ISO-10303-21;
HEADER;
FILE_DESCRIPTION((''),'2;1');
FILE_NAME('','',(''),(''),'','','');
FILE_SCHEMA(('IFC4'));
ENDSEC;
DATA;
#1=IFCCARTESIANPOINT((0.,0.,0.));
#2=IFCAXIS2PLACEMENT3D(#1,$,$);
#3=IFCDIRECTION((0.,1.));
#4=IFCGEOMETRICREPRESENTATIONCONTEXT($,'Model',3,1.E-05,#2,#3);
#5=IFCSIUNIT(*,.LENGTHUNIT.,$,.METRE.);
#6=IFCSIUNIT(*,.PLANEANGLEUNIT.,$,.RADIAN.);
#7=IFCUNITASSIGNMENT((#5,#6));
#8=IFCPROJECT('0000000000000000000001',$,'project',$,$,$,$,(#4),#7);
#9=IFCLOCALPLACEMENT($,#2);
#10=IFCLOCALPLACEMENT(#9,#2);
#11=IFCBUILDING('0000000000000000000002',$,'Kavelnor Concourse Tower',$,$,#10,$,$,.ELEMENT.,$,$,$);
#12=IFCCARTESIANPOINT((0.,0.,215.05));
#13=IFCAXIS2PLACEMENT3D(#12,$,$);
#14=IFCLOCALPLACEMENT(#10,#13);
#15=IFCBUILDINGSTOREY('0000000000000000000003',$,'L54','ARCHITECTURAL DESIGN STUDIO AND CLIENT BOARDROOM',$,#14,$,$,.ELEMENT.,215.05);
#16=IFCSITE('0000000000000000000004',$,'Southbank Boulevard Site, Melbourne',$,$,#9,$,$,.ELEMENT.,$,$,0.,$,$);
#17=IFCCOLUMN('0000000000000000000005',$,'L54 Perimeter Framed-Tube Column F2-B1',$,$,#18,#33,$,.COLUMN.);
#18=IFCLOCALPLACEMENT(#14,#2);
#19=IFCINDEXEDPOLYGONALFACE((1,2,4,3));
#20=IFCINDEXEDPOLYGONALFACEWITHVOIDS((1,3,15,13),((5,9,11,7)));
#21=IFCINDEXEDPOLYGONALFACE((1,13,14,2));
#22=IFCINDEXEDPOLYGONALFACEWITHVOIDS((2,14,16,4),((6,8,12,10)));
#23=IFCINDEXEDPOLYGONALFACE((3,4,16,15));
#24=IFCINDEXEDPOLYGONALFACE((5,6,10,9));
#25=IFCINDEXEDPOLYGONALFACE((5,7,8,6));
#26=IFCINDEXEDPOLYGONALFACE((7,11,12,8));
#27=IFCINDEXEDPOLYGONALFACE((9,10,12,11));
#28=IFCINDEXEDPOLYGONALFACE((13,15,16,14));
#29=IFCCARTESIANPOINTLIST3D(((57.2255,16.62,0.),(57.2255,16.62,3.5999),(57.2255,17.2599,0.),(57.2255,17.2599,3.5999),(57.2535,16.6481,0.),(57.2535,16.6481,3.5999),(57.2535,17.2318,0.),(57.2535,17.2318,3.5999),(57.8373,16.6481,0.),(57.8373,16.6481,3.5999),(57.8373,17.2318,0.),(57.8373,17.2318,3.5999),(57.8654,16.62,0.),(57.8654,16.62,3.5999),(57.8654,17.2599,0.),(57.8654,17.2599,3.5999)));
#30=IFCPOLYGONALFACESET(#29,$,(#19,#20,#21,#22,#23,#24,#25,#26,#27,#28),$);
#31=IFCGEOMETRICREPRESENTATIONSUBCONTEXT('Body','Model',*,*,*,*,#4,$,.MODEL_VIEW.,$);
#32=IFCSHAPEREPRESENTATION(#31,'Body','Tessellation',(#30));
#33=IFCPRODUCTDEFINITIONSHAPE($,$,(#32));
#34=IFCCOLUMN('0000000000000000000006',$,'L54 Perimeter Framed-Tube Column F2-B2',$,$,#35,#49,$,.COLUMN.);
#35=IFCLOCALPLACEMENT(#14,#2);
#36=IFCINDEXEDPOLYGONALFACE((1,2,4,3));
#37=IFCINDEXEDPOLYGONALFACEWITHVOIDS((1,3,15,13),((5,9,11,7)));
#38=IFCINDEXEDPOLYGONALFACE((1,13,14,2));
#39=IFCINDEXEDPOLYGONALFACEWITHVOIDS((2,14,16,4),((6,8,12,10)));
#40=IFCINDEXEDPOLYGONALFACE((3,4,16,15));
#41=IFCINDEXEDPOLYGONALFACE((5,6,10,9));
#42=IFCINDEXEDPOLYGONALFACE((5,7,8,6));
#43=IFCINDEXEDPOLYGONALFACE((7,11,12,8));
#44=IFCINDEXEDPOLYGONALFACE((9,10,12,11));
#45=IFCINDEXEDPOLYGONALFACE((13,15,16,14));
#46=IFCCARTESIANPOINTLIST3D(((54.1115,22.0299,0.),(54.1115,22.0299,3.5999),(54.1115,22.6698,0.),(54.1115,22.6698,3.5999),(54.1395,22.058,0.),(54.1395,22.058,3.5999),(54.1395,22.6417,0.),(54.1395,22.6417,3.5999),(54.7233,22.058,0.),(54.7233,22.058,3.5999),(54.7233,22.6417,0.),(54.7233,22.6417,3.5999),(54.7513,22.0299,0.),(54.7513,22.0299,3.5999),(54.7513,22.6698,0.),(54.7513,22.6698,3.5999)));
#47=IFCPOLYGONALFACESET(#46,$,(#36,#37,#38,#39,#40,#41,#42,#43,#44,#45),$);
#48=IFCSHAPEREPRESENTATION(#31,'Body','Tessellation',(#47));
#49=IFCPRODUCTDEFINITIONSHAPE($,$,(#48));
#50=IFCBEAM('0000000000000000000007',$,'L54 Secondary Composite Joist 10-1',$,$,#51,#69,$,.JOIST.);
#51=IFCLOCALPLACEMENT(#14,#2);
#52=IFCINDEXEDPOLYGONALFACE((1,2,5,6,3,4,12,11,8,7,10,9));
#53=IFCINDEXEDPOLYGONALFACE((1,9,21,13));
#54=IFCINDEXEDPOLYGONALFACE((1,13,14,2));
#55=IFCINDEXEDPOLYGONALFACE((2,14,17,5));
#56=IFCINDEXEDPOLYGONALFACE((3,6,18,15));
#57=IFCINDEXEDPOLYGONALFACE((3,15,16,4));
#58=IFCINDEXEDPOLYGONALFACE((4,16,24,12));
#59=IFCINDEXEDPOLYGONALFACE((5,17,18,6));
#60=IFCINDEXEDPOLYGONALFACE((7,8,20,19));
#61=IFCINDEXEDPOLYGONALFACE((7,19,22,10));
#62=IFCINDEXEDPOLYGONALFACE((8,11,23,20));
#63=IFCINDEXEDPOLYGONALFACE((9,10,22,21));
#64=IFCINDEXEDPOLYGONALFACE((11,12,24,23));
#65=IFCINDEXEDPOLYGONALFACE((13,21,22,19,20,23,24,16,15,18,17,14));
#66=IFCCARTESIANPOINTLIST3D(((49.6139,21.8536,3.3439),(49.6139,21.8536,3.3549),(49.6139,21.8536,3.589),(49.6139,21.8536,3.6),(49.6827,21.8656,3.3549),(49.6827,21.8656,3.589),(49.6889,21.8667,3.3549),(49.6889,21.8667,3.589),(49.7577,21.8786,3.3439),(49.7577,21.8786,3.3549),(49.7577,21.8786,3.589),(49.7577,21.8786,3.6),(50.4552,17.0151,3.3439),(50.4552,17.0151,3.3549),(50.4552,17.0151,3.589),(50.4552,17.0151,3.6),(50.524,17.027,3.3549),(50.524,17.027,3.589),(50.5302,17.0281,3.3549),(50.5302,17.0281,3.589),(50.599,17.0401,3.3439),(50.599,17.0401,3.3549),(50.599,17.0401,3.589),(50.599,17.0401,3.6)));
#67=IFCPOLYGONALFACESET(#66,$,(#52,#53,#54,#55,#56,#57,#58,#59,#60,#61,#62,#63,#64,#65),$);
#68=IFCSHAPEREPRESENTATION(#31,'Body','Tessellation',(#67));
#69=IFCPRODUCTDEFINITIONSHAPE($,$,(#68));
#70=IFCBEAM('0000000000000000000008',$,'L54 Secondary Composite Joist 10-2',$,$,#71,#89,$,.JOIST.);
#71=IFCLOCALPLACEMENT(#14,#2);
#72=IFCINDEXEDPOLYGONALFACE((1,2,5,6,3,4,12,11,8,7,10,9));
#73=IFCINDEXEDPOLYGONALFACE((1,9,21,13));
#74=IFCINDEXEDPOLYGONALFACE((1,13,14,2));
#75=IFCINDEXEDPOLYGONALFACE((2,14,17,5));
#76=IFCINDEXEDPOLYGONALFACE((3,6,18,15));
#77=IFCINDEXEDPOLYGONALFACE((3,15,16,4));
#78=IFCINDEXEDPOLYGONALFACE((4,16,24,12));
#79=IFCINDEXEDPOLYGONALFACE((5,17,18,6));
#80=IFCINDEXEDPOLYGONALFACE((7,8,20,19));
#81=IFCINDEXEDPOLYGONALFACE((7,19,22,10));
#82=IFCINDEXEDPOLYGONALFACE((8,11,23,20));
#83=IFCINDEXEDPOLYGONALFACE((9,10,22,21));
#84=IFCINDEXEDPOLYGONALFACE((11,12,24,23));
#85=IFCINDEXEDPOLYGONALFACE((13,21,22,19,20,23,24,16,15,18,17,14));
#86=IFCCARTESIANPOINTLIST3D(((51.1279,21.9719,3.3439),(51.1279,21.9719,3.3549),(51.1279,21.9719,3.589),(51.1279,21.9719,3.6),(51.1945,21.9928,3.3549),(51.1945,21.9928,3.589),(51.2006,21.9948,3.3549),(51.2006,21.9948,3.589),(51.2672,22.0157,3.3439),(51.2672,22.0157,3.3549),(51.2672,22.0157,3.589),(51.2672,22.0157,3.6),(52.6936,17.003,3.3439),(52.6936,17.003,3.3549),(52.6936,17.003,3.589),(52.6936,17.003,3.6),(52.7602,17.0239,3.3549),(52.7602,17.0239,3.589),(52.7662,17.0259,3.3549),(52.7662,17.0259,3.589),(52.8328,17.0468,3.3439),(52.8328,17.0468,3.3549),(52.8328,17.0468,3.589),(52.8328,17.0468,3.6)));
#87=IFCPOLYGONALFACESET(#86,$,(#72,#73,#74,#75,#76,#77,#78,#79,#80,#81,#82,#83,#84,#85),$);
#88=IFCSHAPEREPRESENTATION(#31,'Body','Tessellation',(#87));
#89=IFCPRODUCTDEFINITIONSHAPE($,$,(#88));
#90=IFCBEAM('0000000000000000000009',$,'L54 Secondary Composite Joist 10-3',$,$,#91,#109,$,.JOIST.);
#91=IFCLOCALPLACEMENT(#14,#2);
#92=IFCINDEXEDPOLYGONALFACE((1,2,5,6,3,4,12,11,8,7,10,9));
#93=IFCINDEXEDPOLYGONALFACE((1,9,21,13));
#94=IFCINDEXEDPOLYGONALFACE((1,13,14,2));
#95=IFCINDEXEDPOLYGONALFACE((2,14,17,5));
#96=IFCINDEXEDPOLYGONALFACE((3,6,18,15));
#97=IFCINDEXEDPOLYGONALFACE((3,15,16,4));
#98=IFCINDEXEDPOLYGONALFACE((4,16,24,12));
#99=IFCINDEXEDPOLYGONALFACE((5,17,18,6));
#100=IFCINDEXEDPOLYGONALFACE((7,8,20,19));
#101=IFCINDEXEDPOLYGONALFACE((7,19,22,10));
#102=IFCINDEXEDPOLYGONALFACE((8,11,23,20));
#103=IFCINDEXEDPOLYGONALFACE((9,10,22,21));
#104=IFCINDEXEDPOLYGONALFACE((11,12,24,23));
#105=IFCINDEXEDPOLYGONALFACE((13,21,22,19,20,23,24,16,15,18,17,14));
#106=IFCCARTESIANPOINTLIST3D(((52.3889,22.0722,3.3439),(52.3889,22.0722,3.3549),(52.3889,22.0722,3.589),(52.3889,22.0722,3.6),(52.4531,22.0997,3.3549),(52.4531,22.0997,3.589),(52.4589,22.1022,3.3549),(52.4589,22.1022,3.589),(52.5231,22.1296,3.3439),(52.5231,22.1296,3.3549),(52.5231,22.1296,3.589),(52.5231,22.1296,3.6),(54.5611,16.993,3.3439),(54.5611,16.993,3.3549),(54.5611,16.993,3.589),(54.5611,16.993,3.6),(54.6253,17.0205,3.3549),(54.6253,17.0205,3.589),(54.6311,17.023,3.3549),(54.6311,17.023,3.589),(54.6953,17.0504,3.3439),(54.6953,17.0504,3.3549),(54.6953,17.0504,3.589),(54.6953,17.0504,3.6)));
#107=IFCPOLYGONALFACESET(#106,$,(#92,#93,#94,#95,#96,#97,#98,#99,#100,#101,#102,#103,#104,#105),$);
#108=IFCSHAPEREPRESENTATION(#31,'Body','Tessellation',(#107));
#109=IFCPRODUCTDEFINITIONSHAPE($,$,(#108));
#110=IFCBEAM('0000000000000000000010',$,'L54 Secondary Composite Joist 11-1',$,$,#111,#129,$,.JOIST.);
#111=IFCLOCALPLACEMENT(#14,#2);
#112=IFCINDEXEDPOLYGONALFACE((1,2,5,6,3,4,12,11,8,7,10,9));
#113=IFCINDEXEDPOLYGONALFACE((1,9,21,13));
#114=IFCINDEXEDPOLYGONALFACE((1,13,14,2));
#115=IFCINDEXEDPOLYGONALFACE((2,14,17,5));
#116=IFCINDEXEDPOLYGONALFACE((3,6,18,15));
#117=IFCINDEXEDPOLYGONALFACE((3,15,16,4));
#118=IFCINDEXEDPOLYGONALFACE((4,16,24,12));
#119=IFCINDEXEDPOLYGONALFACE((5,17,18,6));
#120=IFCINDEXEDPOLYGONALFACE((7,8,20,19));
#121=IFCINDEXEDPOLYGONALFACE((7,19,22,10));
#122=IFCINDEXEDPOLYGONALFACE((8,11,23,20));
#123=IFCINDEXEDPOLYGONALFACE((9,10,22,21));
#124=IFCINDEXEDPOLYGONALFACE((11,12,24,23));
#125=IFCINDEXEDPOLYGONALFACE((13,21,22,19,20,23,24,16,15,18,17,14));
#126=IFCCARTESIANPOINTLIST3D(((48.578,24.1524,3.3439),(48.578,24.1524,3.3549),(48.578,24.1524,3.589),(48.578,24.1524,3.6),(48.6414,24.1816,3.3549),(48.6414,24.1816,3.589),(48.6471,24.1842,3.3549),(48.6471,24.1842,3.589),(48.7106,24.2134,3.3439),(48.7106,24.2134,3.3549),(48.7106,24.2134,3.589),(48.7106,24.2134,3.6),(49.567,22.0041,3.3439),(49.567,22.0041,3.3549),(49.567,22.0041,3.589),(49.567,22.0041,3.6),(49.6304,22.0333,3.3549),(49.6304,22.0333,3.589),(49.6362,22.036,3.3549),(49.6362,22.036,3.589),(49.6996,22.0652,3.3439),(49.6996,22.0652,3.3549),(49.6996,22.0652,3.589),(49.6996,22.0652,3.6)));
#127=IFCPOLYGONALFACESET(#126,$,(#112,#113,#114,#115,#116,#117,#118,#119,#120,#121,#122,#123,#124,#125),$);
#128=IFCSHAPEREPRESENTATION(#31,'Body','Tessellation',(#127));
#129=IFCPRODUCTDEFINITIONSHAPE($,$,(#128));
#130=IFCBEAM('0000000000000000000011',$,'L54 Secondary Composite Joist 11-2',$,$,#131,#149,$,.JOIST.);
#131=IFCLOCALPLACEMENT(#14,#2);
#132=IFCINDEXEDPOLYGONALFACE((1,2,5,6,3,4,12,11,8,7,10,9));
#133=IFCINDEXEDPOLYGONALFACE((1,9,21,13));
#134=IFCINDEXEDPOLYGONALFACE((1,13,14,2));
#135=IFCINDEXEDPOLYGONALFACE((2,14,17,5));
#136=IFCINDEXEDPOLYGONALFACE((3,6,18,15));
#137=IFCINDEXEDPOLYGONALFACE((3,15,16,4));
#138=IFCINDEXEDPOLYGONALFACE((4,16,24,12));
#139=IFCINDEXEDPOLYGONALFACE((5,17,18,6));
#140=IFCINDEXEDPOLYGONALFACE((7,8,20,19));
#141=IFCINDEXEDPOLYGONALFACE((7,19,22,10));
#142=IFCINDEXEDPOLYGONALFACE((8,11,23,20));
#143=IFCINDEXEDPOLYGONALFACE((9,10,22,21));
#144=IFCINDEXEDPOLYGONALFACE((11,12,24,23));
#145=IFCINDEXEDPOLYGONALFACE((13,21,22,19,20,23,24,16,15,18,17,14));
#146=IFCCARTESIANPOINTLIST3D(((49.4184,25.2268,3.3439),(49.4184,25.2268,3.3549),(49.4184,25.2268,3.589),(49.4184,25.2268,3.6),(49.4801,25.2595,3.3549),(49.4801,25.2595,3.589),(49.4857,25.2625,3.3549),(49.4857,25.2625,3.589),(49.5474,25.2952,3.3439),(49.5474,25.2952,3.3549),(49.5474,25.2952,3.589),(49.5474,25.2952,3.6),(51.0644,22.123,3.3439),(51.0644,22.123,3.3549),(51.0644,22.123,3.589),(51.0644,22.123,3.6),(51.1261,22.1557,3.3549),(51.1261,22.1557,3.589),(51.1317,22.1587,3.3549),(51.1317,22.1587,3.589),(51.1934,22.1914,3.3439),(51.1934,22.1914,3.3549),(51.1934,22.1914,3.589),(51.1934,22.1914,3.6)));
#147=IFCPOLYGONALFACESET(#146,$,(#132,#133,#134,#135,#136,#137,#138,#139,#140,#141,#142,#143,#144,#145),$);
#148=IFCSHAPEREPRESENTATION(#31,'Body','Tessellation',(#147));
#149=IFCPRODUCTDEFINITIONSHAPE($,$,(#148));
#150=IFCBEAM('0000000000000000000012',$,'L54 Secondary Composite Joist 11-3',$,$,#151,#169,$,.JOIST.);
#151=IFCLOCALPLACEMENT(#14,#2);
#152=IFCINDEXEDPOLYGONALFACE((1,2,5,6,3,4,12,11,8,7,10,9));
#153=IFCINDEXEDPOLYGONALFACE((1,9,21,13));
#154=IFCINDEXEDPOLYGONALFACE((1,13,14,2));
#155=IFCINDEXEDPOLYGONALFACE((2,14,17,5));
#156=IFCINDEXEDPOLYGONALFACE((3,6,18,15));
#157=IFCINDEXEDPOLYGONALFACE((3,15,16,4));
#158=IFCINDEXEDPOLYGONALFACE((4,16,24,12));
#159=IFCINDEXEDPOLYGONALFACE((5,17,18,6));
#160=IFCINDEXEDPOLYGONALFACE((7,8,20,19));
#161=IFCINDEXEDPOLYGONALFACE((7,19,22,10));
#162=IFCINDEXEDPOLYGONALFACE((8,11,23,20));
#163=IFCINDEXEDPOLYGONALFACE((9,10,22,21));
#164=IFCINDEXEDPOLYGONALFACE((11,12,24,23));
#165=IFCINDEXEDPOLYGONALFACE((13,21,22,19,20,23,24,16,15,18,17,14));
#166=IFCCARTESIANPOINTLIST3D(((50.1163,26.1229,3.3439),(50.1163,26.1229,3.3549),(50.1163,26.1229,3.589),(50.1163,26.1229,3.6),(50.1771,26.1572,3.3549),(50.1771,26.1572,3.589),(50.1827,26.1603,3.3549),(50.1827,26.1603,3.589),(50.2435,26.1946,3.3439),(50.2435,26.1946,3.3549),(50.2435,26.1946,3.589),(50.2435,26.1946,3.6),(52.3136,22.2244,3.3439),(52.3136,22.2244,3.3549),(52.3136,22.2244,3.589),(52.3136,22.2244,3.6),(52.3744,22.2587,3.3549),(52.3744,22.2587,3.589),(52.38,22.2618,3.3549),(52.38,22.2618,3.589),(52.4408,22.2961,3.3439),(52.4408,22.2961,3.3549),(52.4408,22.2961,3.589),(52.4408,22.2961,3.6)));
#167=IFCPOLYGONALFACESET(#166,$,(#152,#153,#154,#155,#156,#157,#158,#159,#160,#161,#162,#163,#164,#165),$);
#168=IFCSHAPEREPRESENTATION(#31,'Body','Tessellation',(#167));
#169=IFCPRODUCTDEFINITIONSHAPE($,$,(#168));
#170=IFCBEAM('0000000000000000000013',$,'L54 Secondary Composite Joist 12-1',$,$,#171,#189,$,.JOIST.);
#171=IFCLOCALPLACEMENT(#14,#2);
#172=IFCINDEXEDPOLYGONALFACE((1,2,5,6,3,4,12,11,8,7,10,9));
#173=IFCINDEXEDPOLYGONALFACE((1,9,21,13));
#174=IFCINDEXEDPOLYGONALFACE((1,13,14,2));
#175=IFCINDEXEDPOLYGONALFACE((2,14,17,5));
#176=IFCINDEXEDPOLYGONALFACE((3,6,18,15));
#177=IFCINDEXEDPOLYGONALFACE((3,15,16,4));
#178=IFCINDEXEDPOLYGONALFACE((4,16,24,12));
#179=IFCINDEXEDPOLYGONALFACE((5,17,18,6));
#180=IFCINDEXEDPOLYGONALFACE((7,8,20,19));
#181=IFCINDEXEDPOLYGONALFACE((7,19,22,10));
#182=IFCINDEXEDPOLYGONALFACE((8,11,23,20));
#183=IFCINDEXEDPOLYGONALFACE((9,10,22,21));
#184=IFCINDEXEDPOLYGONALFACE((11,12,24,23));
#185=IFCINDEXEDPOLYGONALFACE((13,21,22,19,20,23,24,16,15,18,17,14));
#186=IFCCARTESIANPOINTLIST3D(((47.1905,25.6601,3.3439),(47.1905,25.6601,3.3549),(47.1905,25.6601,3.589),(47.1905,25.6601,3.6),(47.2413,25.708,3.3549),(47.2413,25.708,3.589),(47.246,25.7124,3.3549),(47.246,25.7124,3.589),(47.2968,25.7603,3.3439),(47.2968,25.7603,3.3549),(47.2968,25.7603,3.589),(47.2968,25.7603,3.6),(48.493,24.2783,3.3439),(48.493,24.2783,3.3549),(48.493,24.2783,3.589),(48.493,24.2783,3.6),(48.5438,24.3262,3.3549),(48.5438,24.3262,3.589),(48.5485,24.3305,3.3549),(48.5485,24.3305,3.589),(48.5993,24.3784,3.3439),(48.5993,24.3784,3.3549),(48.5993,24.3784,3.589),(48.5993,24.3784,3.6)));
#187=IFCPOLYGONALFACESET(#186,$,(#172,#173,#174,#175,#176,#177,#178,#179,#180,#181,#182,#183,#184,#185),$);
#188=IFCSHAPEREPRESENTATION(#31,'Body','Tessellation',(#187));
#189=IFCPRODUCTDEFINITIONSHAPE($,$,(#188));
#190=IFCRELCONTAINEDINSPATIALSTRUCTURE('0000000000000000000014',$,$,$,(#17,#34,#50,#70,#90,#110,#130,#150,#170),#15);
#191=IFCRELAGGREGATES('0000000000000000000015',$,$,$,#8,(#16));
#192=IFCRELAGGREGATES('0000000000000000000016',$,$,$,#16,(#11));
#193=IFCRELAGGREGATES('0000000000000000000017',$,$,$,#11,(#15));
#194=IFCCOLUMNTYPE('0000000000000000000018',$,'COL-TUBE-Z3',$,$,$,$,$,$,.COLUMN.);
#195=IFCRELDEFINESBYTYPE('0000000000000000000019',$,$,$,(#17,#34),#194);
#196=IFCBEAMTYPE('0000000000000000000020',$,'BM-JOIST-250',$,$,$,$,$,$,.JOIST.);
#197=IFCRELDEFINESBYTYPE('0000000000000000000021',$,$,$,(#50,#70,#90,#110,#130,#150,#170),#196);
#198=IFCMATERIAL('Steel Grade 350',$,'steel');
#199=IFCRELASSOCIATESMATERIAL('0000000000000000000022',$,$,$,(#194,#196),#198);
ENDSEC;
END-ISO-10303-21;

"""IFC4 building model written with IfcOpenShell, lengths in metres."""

from ifc_helpers import new_model, si_unit, direction, frame, origin, origin_2d, place, context, subcontext, project, spatial, hollow_rectangle, i_section, extrude, material, material_profile, profile_set, type_object, element, save


model = new_model("IFC4")

# Units and contexts
model_context = context("Model", 3, precision=1e-05, world=origin(), true_north=direction((0.0, 1.0)))
body_context = subcontext(model_context, "Body", "Model", "MODEL_VIEW")
ifc_project = project(units=[si_unit("LENGTHUNIT", "METRE"), si_unit("PLANEANGLEUNIT", "RADIAN")], contexts=[model_context])

# Site, building, storey
site_placement = place(None, origin())
site = spatial("IfcSite", under=ifc_project, at=site_placement, Name="Southbank Boulevard Site, Melbourne", CompositionType="ELEMENT", RefElevation=0.0)
building_placement = place(site_placement, origin())
building = spatial("IfcBuilding", under=site, at=building_placement, Name="Kavelnor Concourse Tower", CompositionType="ELEMENT")
storey_placement = place(building_placement, frame((0.0, 0.0, 215.05)))
storey = spatial("IfcBuildingStorey", under=building, at=storey_placement, Name="L54", Description="ARCHITECTURAL DESIGN STUDIO AND CLIENT BOARDROOM", CompositionType="ELEMENT", Elevation=215.05)

# Columns
ifc_material_1 = material(Name="Steel Grade 350", Category="steel")
ifc_material_profile_1 = material_profile(ifc_material_1, hollow_rectangle(XDim=0.6399, YDim=0.6399, WallThickness=0.0281, at=origin_2d()), Name="SHS 640x640x28")
ifc_profile_set_1 = profile_set([ifc_material_profile_1], Name="Steel Grade 350")
column_type = type_object("IfcColumnType", Name="COL-TUBE-Z3", PredefinedType="COLUMN", material=ifc_profile_set_1)
for number, where, z_axis, x_axis, name in (
    (1, (57.5454, 16.9399, 0.0), (0.0, 0.0, 1.0), (1.0, 0.0, 0.0), "L54 Perimeter Framed-Tube Column F2-B1"),
    (2, (54.4314, 22.3499, 0.0), (0.0, 0.0, 1.0), (1.0, 0.0, 0.0), "L54 Perimeter Framed-Tube Column F2-B2"),
):
    element("IfcColumn", number, at=place(storey_placement, frame(where, z_axis=z_axis, x_axis=x_axis)), inside=storey, type_object=column_type, Name=name, PredefinedType="COLUMN", context=body_context, shape_type="SweptSolid", body=[
        extrude(hollow_rectangle(XDim=0.6399, YDim=0.6399, WallThickness=0.0281, at=origin_2d()), origin(), (0.0, 0.0, 1.0), 3.5999),
    ])

# Beams
ifc_material_profile_2 = material_profile(ifc_material_1, i_section(OverallWidth=0.146, OverallDepth=0.2561, WebThickness=0.0063, FlangeThickness=0.011, at=origin_2d()), Name="250UB37")
ifc_profile_set_2 = profile_set([ifc_material_profile_2], Name="Steel Grade 350")
beam_type_1 = type_object("IfcBeamType", Name="BM-JOIST-250", PredefinedType="JOIST", material=ifc_profile_set_2)
beam_1_placement = place(storey_placement, frame((50.5271, 17.0276, 3.4719), z_axis=(-0.171303, 0.985218, 0.0), x_axis=(-0.985218, -0.171303, 0.0)))
element("IfcBeam", 3, at=beam_1_placement, inside=storey, type_object=beam_type_1, Name="L54 Secondary Composite Joist 10-1", PredefinedType="JOIST", context=body_context, shape_type="SweptSolid", body=[
    extrude(i_section(OverallWidth=0.146, OverallDepth=0.2561, WebThickness=0.0063, FlangeThickness=0.011, at=origin_2d()), origin(), (0.0, 0.0, 1.0), 4.9111),
])
beam_2_placement = place(storey_placement, frame((52.7632, 17.0249, 3.4719), z_axis=(-0.300524, 0.953774, 0.0), x_axis=(-0.953774, -0.300524, 0.0)))
element("IfcBeam", 4, at=beam_2_placement, inside=storey, type_object=beam_type_1, Name="L54 Secondary Composite Joist 10-2", PredefinedType="JOIST", context=body_context, shape_type="SweptSolid", body=[
    extrude(i_section(OverallWidth=0.146, OverallDepth=0.2561, WebThickness=0.0063, FlangeThickness=0.011, at=origin_2d()), origin(), (0.0, 0.0, 1.0), 5.2097),
])
beam_3_placement = place(storey_placement, frame((54.6282, 17.0217, 3.4719), z_axis=(-0.39321, 0.919449, 0.0), x_axis=(-0.919449, -0.39321, 0.0)))
element("IfcBeam", 5, at=beam_3_placement, inside=storey, type_object=beam_type_1, Name="L54 Secondary Composite Joist 10-3", PredefinedType="JOIST", context=body_context, shape_type="SweptSolid", body=[
    extrude(i_section(OverallWidth=0.146, OverallDepth=0.2561, WebThickness=0.0063, FlangeThickness=0.011, at=origin_2d()), origin(), (0.0, 0.0, 1.0), 5.5242),
])
beam_4_placement = place(storey_placement, frame((49.6333, 22.0347, 3.4719), z_axis=(-0.4182, 0.908355, 0.0), x_axis=(-0.908355, -0.4182, 0.0)))
element("IfcBeam", 6, at=beam_4_placement, inside=storey, type_object=beam_type_1, Name="L54 Secondary Composite Joist 11-1", PredefinedType="JOIST", context=body_context, shape_type="SweptSolid", body=[
    extrude(i_section(OverallWidth=0.146, OverallDepth=0.2561, WebThickness=0.0063, FlangeThickness=0.011, at=origin_2d()), origin(), (0.0, 0.0, 1.0), 2.365),
])
beam_5_placement = place(storey_placement, frame((51.1289, 22.1572, 3.4719), z_axis=(-0.468517, 0.883455, 0.0), x_axis=(-0.883455, -0.468517, 0.0)))
element("IfcBeam", 7, at=beam_5_placement, inside=storey, type_object=beam_type_1, Name="L54 Secondary Composite Joist 11-2", PredefinedType="JOIST", context=body_context, shape_type="SweptSolid", body=[
    extrude(i_section(OverallWidth=0.146, OverallDepth=0.2561, WebThickness=0.0063, FlangeThickness=0.011, at=origin_2d()), origin(), (0.0, 0.0, 1.0), 3.5132),
])
beam_6_placement = place(storey_placement, frame((52.3772, 22.2603, 3.4719), z_axis=(-0.491007, 0.871156, 0.0), x_axis=(-0.871156, -0.491007, 0.0)))
element("IfcBeam", 8, at=beam_6_placement, inside=storey, type_object=beam_type_1, Name="L54 Secondary Composite Joist 11-3", PredefinedType="JOIST", context=body_context, shape_type="SweptSolid", body=[
    extrude(i_section(OverallWidth=0.146, OverallDepth=0.2561, WebThickness=0.0063, FlangeThickness=0.011, at=origin_2d()), origin(), (0.0, 0.0, 1.0), 4.4751),
])
beam_7_placement = place(storey_placement, frame((48.5461, 24.3284, 3.4719), z_axis=(-0.685906, 0.72769, 0.0), x_axis=(-0.72769, -0.685906, 0.0)))
element("IfcBeam", 9, at=beam_7_placement, inside=storey, type_object=beam_type_1, Name="L54 Secondary Composite Joist 12-1", PredefinedType="JOIST", context=body_context, shape_type="SweptSolid", body=[
    extrude(i_section(OverallWidth=0.146, OverallDepth=0.2561, WebThickness=0.0063, FlangeThickness=0.011, at=origin_2d()), origin(), (0.0, 0.0, 1.0), 1.8989),
])

save(model, "model.ifc")
